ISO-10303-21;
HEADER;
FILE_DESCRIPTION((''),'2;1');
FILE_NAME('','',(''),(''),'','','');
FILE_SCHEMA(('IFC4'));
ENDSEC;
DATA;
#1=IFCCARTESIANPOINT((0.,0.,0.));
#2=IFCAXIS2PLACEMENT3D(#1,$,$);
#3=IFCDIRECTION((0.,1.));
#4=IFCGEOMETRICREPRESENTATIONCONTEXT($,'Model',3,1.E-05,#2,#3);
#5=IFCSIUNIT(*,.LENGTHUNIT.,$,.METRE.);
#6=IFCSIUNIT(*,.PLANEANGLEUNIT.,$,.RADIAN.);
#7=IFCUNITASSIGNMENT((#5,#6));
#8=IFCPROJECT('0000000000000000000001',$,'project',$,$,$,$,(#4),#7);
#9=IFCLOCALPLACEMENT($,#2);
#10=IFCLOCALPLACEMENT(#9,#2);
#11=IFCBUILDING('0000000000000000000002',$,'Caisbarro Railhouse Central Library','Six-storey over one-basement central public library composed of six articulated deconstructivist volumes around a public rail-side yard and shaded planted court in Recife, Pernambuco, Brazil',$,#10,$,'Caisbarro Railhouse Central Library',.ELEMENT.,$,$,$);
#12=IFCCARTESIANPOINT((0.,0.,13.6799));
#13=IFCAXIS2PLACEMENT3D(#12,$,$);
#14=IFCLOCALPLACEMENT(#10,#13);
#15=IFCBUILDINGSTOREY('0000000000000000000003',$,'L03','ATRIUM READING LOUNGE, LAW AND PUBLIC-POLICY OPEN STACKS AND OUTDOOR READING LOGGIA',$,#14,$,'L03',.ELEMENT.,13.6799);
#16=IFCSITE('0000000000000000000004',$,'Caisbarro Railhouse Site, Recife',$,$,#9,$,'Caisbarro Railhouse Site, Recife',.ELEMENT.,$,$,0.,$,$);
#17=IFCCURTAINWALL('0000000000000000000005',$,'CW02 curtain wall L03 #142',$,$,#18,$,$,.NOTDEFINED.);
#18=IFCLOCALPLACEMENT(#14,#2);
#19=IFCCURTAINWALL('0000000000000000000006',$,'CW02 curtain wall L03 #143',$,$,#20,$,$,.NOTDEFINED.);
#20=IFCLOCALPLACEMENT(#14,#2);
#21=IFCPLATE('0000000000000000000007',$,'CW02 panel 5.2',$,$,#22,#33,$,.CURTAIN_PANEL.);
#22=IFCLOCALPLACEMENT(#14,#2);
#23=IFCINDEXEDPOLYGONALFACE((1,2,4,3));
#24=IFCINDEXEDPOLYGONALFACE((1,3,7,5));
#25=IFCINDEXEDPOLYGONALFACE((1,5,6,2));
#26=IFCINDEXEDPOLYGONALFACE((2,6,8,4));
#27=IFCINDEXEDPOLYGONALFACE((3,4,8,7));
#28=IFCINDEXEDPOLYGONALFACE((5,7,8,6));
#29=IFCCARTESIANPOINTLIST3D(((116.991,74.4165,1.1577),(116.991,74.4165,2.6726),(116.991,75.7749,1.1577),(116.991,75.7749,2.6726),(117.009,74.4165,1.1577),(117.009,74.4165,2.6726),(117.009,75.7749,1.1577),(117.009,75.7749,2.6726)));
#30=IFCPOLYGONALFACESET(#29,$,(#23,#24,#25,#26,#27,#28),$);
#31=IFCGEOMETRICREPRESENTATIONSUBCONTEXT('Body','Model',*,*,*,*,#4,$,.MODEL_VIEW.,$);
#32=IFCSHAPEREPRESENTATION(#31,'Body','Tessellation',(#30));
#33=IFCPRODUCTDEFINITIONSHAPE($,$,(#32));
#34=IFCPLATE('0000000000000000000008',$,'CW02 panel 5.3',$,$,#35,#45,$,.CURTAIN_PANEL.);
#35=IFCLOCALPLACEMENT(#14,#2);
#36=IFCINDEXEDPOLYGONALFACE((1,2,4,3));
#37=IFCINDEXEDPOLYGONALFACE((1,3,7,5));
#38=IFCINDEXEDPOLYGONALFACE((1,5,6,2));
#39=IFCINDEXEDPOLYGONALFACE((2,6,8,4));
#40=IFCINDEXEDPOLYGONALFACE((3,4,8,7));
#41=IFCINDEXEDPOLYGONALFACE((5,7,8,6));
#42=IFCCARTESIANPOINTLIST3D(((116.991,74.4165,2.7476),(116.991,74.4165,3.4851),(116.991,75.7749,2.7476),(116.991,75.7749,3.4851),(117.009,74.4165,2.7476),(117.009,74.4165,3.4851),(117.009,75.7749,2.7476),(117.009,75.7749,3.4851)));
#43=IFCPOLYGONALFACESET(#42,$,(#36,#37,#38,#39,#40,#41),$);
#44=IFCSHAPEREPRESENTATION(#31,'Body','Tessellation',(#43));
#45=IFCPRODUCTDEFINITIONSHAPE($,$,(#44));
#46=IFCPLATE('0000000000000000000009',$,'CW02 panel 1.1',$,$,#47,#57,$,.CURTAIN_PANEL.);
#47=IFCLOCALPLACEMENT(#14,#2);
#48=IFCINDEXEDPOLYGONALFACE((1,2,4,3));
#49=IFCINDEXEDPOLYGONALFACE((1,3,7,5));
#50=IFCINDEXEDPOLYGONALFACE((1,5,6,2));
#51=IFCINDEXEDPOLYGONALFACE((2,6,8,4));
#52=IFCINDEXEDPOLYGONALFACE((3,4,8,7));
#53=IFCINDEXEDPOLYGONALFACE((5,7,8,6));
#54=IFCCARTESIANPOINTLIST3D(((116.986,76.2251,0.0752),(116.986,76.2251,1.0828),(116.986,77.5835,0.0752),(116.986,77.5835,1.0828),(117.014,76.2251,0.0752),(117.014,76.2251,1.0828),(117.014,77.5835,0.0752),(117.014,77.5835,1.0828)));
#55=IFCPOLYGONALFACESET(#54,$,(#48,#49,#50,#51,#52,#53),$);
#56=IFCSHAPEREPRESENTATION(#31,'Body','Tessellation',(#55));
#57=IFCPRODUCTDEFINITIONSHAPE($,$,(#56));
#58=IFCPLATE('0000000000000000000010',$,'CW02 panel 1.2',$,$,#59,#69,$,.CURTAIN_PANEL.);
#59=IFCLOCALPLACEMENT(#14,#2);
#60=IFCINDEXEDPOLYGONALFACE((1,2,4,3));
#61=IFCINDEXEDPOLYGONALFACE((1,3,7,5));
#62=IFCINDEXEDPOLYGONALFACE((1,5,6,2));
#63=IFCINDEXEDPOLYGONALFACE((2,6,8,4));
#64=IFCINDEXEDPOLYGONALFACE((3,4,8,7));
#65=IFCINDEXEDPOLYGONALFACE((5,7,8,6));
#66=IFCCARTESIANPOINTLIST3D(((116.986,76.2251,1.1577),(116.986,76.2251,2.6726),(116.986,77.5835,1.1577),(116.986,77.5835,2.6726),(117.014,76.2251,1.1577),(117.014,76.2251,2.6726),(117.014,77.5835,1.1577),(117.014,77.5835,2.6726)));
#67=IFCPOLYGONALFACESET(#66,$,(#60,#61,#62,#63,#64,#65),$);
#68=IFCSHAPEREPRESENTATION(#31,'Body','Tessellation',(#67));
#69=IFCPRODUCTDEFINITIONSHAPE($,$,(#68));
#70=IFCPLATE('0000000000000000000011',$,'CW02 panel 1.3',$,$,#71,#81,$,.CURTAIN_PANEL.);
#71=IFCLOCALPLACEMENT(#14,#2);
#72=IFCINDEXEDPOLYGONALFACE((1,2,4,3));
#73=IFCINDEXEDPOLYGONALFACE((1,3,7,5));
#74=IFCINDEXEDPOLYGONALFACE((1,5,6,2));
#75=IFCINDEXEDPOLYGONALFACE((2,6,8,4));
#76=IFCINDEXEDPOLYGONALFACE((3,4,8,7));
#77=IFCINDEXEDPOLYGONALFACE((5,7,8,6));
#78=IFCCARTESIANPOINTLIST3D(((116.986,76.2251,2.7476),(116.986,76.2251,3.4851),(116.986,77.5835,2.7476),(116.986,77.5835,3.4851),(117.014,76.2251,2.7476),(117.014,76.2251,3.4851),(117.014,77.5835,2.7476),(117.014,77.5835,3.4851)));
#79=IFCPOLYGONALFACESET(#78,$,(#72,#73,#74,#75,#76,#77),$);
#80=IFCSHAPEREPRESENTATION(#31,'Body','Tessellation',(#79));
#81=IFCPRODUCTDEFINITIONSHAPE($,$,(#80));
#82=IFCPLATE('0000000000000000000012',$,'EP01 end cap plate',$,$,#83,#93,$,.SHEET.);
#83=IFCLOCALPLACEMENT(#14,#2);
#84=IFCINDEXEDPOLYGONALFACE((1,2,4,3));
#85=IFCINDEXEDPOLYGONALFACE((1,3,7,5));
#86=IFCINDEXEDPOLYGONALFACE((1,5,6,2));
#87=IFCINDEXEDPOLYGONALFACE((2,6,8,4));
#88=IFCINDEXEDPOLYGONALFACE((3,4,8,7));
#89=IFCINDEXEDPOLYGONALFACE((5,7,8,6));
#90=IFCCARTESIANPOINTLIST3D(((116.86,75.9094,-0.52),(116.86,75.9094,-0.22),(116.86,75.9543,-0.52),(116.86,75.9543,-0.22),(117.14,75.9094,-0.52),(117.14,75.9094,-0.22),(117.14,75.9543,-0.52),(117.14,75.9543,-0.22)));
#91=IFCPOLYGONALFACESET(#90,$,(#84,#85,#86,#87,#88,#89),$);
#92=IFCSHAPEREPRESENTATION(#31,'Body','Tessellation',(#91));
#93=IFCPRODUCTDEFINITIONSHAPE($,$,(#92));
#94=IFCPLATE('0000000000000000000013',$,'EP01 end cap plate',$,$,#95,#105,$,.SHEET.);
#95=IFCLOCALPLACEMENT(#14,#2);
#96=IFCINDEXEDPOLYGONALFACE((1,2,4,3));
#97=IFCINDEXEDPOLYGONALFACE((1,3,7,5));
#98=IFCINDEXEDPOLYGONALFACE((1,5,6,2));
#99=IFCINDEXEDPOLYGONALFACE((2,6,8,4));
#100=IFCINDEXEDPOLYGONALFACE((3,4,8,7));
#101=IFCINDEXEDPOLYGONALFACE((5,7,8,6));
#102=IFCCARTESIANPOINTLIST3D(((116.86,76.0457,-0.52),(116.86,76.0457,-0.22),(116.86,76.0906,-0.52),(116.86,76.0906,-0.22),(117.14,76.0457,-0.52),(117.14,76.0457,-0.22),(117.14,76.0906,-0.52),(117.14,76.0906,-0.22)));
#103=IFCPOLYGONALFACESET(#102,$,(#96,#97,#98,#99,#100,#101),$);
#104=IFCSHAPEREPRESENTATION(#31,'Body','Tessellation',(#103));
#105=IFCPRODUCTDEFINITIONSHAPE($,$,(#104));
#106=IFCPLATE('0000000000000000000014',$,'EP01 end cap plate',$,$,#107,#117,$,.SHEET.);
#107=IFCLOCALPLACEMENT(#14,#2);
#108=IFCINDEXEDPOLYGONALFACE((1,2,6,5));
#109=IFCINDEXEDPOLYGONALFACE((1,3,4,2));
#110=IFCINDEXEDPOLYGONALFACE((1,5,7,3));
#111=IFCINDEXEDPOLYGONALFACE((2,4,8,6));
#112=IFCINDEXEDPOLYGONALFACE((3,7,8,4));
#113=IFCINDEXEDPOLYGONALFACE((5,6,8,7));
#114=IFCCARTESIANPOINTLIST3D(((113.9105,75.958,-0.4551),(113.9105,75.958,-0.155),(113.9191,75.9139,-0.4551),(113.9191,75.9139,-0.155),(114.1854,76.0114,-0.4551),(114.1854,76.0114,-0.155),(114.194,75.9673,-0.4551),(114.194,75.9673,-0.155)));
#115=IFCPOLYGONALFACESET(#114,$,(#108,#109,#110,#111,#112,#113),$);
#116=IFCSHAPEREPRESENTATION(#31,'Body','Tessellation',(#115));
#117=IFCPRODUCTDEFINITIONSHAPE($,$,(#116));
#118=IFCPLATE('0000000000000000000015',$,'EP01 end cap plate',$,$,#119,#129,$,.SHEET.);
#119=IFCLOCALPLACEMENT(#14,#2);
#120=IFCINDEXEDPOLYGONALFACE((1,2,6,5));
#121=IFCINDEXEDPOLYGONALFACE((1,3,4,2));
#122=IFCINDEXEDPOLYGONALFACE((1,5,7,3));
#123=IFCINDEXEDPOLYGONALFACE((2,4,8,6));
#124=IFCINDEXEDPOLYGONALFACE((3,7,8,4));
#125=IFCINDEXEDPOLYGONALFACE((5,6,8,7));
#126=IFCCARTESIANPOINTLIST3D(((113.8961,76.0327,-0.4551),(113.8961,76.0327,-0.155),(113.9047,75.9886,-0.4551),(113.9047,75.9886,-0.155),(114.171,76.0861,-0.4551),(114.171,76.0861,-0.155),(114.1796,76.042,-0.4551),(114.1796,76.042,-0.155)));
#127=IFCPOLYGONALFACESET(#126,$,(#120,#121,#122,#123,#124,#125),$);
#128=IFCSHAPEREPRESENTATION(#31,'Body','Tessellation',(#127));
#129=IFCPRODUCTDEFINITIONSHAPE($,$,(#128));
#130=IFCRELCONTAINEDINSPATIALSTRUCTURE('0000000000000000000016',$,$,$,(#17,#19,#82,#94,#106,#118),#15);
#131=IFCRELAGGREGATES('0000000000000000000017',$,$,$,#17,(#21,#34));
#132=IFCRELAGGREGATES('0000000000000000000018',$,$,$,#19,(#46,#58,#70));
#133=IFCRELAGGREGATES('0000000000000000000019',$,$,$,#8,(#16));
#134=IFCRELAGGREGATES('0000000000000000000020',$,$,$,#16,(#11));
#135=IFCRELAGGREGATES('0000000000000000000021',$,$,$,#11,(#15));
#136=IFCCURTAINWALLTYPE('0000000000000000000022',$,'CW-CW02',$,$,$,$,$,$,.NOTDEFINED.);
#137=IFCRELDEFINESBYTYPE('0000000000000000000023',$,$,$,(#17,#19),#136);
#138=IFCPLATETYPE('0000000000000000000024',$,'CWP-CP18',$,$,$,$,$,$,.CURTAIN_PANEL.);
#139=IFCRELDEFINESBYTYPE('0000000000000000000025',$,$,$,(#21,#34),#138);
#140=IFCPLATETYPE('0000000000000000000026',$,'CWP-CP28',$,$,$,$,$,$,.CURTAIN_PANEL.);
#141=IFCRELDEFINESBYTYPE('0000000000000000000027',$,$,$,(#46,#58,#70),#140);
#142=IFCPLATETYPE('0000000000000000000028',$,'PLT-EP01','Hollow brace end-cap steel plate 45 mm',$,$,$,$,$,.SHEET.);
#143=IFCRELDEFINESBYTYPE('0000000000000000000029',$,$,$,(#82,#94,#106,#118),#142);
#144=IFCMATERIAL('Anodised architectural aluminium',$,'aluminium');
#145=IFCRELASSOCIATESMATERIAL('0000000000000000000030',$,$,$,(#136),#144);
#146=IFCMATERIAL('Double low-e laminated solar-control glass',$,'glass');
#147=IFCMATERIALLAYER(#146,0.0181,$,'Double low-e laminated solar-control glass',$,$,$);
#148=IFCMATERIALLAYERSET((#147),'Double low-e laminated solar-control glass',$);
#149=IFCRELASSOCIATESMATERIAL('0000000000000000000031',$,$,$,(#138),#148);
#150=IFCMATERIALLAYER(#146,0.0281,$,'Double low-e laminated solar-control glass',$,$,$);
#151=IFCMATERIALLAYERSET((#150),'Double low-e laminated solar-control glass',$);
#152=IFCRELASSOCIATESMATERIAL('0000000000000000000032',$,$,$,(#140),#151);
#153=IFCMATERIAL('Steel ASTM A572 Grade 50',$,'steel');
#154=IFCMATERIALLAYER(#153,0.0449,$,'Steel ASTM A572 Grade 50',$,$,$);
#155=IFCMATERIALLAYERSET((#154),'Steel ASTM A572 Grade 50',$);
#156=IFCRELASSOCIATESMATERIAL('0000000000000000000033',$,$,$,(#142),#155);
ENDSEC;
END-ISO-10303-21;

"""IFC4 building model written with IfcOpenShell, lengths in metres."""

from ifc_helpers import new_model, si_unit, direction, frame, origin, origin_2d, place, context, subcontext, project, spatial, rectangle, extrude, material, layer, layer_set, type_object, element, aggregate, save


model = new_model("IFC4")

# Units and contexts
model_context = context("Model", 3, precision=1e-05, world=origin(), true_north=direction((0.0, 1.0)))
body_context = subcontext(model_context, "Body", "Model", "MODEL_VIEW")
ifc_project = project(units=[si_unit("LENGTHUNIT", "METRE"), si_unit("PLANEANGLEUNIT", "RADIAN")], contexts=[model_context])

# Site, building, storey
site_placement = place(None, origin())
site = spatial("IfcSite", under=ifc_project, at=site_placement, Name="Caisbarro Railhouse Site, Recife", LongName="Caisbarro Railhouse Site, Recife", CompositionType="ELEMENT", RefElevation=0.0)
building_placement = place(site_placement, origin())
building = spatial("IfcBuilding", under=site, at=building_placement, Name="Caisbarro Railhouse Central Library", Description="Six-storey over one-basement central public library composed of six articulated deconstructivist volumes around a public rail-side yard and shaded planted court in Recife, Pernambuco, Brazil", LongName="Caisbarro Railhouse Central Library", CompositionType="ELEMENT")
storey_placement = place(building_placement, frame((0.0, 0.0, 13.6799)))
storey = spatial("IfcBuildingStorey", under=building, at=storey_placement, Name="L03", Description="ATRIUM READING LOUNGE, LAW AND PUBLIC-POLICY OPEN STACKS AND OUTDOOR READING LOGGIA", LongName="L03", CompositionType="ELEMENT", Elevation=13.6799)

# Shared definitions
ifc_material_1 = material(Name="Steel ASTM A572 Grade 50", Category="steel")

# Curtain wall
ifc_material_2 = material(Name="Anodised architectural aluminium", Category="aluminium")
curtain_wall_type = type_object("IfcCurtainWallType", Name="CW-CW02", PredefinedType="NOTDEFINED", material=ifc_material_2)
curtain_wall_1_placement = place(storey_placement, origin())
curtain_wall_1 = element("IfcCurtainWall", 1, at=curtain_wall_1_placement, inside=storey, type_object=curtain_wall_type, Name="CW02 curtain wall L03 #142", PredefinedType="NOTDEFINED")

# Curtain wall
curtain_wall_2_placement = place(storey_placement, origin())
curtain_wall_2 = element("IfcCurtainWall", 2, at=curtain_wall_2_placement, inside=storey, type_object=curtain_wall_type, Name="CW02 curtain wall L03 #143", PredefinedType="NOTDEFINED")

# Plates
ifc_material_3 = material(Name="Double low-e laminated solar-control glass", Category="glass")
ifc_layer_1 = layer(ifc_material_3, 0.0181, Name="Double low-e laminated solar-control glass")
ifc_layer_set_1 = layer_set([ifc_layer_1], Name="Double low-e laminated solar-control glass")
plate_type_1 = type_object("IfcPlateType", Name="CWP-CP18", PredefinedType="CURTAIN_PANEL", material=ifc_layer_set_1)
plate_1_placement = place(storey_placement, frame((117.0, 75.0957, 1.1577), z_axis=(0.0, 0.0, 1.0), x_axis=(0.0, 1.0, 0.0)))
plate_1 = element("IfcPlate", 3, at=plate_1_placement, type_object=plate_type_1, Name="CW02 panel 5.2", PredefinedType="CURTAIN_PANEL", context=body_context, shape_type="SweptSolid", body=[
    extrude(rectangle(XDim=1.3584, YDim=0.0181, at=origin_2d()), origin(), (0.0, 0.0, 1.0), 1.5149),
])
plate_2_placement = place(storey_placement, frame((117.0, 75.0957, 2.7476), z_axis=(0.0, 0.0, 1.0), x_axis=(0.0, 1.0, 0.0)))
plate_2 = element("IfcPlate", 4, at=plate_2_placement, type_object=plate_type_1, Name="CW02 panel 5.3", PredefinedType="CURTAIN_PANEL", context=body_context, shape_type="SweptSolid", body=[
    extrude(rectangle(XDim=1.3584, YDim=0.0181, at=origin_2d()), origin(), (0.0, 0.0, 1.0), 0.7375),
])
aggregate(curtain_wall_1, [plate_1, plate_2])
ifc_layer_2 = layer(ifc_material_3, 0.0281, Name="Double low-e laminated solar-control glass")
ifc_layer_set_2 = layer_set([ifc_layer_2], Name="Double low-e laminated solar-control glass")
plate_type_2 = type_object("IfcPlateType", Name="CWP-CP28", PredefinedType="CURTAIN_PANEL", material=ifc_layer_set_2)
plate_3_placement = place(storey_placement, frame((117.0, 76.9043, 0.0752), z_axis=(0.0, 0.0, 1.0), x_axis=(0.0, 1.0, 0.0)))
plate_3 = element("IfcPlate", 5, at=plate_3_placement, type_object=plate_type_2, Name="CW02 panel 1.1", PredefinedType="CURTAIN_PANEL", context=body_context, shape_type="SweptSolid", body=[
    extrude(rectangle(XDim=1.3584, YDim=0.0281, at=origin_2d()), origin(), (0.0, 0.0, 1.0), 1.0076),
])
plate_4_placement = place(storey_placement, frame((117.0, 76.9043, 1.1577), z_axis=(0.0, 0.0, 1.0), x_axis=(0.0, 1.0, 0.0)))
plate_4 = element("IfcPlate", 6, at=plate_4_placement, type_object=plate_type_2, Name="CW02 panel 1.2", PredefinedType="CURTAIN_PANEL", context=body_context, shape_type="SweptSolid", body=[
    extrude(rectangle(XDim=1.3584, YDim=0.0281, at=origin_2d()), origin(), (0.0, 0.0, 1.0), 1.5149),
])
plate_5_placement = place(storey_placement, frame((117.0, 76.9043, 2.7476), z_axis=(0.0, 0.0, 1.0), x_axis=(0.0, 1.0, 0.0)))
plate_5 = element("IfcPlate", 7, at=plate_5_placement, type_object=plate_type_2, Name="CW02 panel 1.3", PredefinedType="CURTAIN_PANEL", context=body_context, shape_type="SweptSolid", body=[
    extrude(rectangle(XDim=1.3584, YDim=0.0281, at=origin_2d()), origin(), (0.0, 0.0, 1.0), 0.7375),
])
aggregate(curtain_wall_2, [plate_3, plate_4, plate_5])

# Plates
ifc_layer_3 = layer(ifc_material_1, 0.0449, Name="Steel ASTM A572 Grade 50")
ifc_layer_set_3 = layer_set([ifc_layer_3], Name="Steel ASTM A572 Grade 50")
plate_type_3 = type_object("IfcPlateType", Name="PLT-EP01", Description="Hollow brace end-cap steel plate 45 mm", PredefinedType="SHEET", material=ifc_layer_set_3)
for number, where, z_axis, x_axis, name in (
    (8, (117.0, 75.9319, -0.52), (0.0, 0.0, 1.0), (0.0, 1.0, 0.0), "EP01 end cap plate"),
    (9, (117.0, 76.0681, -0.52), (0.0, 0.0, 1.0), (0.0, 1.0, 0.0), "EP01 end cap plate"),
    (10, (114.0522, 75.9626, -0.4551), (0.0, 0.0, 1.0), (-0.19098, 0.981594, 0.0), "EP01 end cap plate"),
    (11, (114.0378, 76.0374, -0.4551), (0.0, 0.0, 1.0), (-0.190809, 0.981627, 0.0), "EP01 end cap plate"),
):
    element("IfcPlate", number, at=place(storey_placement, frame(where, z_axis=z_axis, x_axis=x_axis)), inside=storey, type_object=plate_type_3, Name=name, PredefinedType="SHEET", context=body_context, shape_type="SweptSolid", body=[
        extrude(rectangle(XDim=0.0449, YDim=0.28, at=origin_2d()), origin(), (0.0, 0.0, 1.0), 0.3),
    ])

save(model, "model.ifc")
